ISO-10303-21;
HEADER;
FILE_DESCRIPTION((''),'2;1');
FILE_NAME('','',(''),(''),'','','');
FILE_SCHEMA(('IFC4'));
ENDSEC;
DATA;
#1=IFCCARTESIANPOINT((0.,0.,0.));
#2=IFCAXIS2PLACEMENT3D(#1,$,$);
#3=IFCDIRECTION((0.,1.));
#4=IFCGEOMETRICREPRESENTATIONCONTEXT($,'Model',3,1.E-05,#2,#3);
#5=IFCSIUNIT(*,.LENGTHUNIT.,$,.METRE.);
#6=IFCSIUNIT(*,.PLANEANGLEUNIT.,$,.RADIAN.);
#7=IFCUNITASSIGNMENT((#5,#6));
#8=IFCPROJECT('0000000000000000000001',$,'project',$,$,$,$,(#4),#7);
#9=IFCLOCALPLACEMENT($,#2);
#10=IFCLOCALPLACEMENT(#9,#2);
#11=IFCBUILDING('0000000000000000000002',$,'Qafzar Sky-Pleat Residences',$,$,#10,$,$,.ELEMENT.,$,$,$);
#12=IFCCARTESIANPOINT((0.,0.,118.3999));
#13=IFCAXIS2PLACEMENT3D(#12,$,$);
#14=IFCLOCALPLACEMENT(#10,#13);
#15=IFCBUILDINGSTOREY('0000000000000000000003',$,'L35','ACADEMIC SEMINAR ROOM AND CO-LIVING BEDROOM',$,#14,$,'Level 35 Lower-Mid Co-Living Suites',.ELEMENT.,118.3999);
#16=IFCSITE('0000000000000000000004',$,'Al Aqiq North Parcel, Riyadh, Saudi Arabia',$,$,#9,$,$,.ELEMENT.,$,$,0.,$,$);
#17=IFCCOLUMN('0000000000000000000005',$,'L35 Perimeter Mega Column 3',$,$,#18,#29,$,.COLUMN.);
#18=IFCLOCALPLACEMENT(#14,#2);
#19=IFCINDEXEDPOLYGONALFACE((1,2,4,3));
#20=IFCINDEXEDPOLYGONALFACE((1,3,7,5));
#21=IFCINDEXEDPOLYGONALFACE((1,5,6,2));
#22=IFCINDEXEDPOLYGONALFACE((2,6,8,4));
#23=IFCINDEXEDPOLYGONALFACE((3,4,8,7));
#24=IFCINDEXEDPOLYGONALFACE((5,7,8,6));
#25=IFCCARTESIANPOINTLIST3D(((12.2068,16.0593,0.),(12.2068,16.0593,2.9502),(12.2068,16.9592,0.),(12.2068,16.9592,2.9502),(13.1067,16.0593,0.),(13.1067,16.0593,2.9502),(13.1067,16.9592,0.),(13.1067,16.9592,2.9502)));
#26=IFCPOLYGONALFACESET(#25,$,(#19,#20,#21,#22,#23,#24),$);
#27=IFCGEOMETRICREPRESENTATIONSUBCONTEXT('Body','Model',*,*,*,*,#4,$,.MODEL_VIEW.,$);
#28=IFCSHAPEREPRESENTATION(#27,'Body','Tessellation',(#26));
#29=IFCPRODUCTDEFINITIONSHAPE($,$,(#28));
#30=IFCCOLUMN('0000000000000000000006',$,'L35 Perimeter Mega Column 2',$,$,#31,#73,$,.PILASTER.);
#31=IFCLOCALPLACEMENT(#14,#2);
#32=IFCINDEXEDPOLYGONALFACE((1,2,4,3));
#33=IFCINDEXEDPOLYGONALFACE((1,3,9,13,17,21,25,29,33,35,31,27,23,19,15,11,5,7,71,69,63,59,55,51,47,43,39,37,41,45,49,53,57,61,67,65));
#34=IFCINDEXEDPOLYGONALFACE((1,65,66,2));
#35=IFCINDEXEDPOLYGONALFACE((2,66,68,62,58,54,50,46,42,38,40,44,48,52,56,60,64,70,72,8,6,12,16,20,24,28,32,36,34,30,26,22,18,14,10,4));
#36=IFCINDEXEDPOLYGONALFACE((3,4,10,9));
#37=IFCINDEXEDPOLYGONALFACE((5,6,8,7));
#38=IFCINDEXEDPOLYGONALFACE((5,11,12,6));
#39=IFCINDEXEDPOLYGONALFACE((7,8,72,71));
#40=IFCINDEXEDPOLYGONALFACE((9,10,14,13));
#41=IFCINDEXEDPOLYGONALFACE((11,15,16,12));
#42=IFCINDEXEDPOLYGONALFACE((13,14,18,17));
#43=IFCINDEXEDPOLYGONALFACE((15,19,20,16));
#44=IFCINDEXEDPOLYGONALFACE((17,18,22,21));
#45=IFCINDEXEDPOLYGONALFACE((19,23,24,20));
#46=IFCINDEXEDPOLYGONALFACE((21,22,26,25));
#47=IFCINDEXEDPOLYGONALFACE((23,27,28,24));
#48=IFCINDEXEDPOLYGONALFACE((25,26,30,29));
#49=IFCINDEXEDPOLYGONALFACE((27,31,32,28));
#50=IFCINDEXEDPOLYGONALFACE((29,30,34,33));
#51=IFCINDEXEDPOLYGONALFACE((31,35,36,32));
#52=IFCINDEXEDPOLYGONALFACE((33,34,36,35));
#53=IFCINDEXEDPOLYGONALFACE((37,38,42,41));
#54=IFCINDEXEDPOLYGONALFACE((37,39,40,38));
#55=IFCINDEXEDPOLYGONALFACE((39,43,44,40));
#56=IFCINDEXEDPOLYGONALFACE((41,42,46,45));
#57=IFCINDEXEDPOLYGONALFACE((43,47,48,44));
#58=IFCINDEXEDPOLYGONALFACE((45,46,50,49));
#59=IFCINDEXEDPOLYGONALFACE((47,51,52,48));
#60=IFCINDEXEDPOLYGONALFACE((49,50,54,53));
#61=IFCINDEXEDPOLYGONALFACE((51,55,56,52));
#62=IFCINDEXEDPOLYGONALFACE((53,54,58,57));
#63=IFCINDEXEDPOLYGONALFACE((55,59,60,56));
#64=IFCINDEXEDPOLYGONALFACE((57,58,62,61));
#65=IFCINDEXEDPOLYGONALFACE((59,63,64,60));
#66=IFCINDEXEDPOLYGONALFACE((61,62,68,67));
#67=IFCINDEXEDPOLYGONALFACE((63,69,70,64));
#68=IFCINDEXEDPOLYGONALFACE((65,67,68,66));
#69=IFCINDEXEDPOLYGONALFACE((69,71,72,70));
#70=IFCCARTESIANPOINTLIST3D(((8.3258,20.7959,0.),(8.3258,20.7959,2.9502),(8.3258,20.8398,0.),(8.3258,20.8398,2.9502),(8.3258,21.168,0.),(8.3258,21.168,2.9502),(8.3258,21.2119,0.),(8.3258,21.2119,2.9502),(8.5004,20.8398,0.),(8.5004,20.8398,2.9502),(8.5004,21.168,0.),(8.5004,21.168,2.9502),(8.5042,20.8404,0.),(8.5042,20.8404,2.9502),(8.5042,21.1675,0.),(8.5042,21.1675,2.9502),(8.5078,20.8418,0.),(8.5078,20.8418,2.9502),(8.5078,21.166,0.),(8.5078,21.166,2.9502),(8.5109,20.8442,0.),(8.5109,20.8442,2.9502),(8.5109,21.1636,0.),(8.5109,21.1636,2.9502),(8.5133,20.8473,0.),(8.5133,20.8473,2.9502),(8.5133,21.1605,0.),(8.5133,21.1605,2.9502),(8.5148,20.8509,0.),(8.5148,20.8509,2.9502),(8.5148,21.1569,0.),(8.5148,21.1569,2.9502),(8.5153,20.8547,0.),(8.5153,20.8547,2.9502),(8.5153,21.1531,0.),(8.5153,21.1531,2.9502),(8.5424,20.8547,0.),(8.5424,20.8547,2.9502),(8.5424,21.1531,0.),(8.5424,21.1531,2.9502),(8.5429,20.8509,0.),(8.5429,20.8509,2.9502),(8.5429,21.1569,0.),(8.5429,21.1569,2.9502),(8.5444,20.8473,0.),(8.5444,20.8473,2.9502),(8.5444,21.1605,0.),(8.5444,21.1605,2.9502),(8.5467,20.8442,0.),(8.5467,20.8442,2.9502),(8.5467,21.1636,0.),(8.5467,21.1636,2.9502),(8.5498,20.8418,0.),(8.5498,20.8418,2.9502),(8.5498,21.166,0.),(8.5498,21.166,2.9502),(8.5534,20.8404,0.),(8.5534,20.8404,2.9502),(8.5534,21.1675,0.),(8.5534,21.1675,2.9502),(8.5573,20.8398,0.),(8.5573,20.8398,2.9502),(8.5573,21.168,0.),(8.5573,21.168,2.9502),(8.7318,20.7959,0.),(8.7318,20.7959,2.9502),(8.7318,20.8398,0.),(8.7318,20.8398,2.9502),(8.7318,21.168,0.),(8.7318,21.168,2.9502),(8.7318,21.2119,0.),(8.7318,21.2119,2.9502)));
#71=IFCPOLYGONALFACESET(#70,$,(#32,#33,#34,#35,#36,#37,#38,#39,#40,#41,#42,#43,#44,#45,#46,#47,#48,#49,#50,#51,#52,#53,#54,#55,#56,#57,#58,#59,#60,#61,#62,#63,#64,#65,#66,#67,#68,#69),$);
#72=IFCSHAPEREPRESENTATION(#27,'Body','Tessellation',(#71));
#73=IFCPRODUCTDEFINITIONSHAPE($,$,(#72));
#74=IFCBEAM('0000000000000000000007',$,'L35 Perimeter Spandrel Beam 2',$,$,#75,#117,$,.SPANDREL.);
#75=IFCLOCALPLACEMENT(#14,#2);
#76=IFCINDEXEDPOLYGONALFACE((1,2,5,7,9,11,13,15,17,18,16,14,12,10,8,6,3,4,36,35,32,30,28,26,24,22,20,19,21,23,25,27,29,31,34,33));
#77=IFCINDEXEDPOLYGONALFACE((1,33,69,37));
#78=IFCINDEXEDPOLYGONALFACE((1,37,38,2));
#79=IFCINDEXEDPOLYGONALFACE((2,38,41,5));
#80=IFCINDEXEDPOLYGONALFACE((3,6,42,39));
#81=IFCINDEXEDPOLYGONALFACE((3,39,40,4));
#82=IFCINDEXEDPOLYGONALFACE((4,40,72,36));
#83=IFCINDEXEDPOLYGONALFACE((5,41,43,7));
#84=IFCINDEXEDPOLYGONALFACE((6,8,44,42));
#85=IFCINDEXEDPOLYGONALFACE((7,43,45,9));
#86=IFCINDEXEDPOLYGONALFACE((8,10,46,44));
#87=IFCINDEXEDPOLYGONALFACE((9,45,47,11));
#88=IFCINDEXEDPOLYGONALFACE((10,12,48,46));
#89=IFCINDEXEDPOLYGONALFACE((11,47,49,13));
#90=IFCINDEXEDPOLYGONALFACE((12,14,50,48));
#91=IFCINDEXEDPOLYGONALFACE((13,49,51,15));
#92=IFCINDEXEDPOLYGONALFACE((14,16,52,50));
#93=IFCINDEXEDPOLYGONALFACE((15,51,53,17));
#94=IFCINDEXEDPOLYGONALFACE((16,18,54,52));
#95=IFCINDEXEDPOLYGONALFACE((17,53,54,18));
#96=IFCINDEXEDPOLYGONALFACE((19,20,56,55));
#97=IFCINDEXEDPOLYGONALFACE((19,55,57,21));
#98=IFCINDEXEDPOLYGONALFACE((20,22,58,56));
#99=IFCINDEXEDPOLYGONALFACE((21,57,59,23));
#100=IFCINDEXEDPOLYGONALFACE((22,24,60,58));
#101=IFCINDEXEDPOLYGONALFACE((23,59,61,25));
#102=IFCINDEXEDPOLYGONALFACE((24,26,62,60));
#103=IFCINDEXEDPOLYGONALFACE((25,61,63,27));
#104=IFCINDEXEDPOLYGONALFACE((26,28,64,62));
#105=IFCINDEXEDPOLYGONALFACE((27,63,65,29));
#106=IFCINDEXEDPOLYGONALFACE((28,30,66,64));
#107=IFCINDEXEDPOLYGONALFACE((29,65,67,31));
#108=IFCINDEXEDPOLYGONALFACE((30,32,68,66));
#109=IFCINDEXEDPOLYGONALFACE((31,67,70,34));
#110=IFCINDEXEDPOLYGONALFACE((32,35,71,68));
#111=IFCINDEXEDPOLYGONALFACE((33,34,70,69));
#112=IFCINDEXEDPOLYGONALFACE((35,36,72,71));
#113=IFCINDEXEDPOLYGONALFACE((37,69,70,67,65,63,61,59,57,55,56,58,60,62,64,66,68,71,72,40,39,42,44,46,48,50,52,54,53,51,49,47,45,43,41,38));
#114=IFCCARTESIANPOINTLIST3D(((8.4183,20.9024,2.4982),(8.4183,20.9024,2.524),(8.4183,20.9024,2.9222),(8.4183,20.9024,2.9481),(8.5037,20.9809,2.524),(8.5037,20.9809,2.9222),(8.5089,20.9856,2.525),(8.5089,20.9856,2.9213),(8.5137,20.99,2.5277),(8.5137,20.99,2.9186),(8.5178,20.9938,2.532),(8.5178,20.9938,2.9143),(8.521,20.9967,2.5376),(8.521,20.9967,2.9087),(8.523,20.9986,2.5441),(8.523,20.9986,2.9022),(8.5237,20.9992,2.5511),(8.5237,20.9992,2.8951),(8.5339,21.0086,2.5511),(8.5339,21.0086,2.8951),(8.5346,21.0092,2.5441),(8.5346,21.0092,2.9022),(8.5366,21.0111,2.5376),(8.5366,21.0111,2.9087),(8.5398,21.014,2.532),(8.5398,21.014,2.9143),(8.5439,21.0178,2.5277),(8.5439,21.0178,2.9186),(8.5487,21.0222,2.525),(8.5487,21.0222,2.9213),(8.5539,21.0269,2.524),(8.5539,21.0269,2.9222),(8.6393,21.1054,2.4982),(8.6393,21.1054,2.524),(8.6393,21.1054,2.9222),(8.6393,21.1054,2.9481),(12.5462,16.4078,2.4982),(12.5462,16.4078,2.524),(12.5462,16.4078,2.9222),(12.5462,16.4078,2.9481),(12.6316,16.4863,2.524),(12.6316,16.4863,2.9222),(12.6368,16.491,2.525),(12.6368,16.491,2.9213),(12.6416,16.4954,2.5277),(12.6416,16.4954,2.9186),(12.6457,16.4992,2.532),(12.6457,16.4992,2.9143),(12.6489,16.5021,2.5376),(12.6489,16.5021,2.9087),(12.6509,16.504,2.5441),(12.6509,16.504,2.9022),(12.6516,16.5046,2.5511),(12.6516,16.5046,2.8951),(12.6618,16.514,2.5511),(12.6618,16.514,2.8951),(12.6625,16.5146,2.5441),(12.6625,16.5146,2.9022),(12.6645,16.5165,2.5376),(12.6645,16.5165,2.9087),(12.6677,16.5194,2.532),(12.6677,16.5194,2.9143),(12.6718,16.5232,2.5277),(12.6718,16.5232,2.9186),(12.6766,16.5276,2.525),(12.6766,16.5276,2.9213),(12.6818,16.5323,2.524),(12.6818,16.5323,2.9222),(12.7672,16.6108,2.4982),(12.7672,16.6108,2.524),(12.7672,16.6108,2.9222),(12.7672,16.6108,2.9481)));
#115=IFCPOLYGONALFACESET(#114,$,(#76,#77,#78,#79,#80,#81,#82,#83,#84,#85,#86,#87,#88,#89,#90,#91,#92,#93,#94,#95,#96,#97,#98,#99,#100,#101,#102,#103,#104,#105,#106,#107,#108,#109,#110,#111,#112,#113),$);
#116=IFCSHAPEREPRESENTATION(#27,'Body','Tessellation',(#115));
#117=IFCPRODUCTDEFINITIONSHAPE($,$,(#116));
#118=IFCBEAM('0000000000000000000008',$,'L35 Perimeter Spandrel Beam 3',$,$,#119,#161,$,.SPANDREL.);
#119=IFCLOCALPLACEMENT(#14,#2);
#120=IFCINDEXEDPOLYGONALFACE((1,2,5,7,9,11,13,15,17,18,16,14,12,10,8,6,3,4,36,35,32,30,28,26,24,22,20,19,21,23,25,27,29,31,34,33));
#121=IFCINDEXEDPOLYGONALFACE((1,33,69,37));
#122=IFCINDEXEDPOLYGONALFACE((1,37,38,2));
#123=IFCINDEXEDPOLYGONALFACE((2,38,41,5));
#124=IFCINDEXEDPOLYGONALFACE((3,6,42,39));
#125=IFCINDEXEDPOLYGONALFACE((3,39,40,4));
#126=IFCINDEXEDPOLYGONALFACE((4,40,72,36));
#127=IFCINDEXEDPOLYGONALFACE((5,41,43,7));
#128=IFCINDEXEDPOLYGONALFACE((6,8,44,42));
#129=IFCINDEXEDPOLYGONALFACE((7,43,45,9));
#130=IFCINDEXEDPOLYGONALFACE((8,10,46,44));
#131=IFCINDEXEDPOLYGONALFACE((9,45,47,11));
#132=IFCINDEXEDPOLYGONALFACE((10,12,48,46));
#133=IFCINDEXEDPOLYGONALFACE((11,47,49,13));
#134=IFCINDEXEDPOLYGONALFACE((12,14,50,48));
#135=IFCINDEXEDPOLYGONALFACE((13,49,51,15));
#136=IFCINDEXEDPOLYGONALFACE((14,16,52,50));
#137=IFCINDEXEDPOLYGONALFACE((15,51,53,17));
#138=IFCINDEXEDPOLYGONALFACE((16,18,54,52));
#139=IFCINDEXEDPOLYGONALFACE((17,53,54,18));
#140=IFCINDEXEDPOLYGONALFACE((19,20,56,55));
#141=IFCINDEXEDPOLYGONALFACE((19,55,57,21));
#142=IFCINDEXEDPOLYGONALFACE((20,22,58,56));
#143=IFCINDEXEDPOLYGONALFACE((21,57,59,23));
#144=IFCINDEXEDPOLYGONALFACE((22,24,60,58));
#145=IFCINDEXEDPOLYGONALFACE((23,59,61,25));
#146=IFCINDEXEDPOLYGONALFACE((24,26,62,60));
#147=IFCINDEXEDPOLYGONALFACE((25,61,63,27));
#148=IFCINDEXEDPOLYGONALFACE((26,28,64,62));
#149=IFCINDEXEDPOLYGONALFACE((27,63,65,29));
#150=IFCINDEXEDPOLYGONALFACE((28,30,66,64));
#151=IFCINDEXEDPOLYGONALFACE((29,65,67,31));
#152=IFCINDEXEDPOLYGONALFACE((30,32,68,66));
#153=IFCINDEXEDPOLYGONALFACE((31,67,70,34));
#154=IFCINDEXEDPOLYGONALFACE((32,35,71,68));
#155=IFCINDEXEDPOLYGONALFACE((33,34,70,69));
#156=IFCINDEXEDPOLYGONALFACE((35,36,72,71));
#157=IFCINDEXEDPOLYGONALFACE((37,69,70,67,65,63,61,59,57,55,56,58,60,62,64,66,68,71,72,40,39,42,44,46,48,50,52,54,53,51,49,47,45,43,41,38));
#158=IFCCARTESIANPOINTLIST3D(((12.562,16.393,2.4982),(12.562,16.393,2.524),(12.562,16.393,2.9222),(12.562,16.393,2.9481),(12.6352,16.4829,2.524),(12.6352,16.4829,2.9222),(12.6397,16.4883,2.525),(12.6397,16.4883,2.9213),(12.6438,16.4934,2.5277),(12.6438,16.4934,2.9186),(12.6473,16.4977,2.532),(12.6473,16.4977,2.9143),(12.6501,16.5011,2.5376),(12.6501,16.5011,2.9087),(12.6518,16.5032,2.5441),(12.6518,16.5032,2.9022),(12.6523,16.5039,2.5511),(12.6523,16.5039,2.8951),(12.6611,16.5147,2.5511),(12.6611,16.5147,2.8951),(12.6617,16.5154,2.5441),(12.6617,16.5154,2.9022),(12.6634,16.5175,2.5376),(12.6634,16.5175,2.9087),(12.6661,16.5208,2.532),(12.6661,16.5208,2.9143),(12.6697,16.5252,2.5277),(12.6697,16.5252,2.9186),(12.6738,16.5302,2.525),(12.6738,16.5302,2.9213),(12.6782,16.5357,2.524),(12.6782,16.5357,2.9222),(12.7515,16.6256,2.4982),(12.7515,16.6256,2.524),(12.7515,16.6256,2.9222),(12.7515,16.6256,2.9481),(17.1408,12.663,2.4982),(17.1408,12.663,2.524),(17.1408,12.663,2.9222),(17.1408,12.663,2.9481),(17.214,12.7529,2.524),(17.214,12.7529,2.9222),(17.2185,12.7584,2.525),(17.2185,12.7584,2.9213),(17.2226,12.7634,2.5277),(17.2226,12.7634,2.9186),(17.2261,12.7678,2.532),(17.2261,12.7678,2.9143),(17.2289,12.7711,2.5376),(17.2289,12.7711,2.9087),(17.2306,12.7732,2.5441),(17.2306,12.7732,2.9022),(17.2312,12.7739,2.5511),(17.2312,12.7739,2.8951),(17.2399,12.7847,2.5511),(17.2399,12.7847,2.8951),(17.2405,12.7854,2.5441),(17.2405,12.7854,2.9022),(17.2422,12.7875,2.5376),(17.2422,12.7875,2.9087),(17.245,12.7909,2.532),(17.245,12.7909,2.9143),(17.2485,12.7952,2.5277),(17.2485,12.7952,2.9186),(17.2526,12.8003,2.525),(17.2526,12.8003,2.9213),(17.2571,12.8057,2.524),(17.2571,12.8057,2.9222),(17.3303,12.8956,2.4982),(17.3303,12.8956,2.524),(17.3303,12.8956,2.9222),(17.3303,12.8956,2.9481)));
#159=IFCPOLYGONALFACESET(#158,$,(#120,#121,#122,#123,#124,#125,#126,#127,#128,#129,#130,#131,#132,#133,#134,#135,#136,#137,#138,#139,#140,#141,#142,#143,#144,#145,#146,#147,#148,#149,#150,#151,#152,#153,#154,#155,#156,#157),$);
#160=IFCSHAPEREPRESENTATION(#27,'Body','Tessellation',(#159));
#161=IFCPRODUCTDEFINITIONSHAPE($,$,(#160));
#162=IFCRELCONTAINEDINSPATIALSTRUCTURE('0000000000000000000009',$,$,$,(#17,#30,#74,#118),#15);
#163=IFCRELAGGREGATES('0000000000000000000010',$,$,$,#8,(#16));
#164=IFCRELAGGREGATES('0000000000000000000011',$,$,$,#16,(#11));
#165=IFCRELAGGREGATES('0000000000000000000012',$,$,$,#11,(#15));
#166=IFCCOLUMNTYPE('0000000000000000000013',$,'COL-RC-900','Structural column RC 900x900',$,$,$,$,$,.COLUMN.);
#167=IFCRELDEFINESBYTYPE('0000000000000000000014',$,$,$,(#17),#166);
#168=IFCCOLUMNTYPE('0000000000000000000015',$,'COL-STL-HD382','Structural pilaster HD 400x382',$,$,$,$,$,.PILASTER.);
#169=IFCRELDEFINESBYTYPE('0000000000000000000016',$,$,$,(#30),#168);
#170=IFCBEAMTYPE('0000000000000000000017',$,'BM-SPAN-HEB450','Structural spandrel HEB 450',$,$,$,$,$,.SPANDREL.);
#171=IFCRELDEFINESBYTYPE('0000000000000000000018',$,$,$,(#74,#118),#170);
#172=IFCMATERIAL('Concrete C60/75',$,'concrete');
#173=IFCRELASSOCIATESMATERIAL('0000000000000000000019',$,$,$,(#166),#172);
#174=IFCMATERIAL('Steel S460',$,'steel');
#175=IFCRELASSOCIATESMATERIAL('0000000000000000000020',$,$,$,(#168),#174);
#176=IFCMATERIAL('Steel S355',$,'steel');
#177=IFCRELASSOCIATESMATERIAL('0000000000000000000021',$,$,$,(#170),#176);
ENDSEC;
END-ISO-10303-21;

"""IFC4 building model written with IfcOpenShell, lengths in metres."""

from ifc_helpers import new_model, si_unit, direction, frame, origin, origin_2d, place, context, subcontext, project, spatial, rectangle, i_section, extrude, source, transform, mapped, material, material_profile, profile_set, type_object, element, save


model = new_model("IFC4")

# Units and contexts
model_context = context("Model", 3, precision=1e-05, world=origin(), true_north=direction((0.0, 1.0)))
body_context = subcontext(model_context, "Body", "Model", "MODEL_VIEW")
ifc_project = project(units=[si_unit("LENGTHUNIT", "METRE"), si_unit("PLANEANGLEUNIT", "RADIAN")], contexts=[model_context])

# Site, building, storey
site_placement = place(None, origin())
site = spatial("IfcSite", under=ifc_project, at=site_placement, Name="Al Aqiq North Parcel, Riyadh, Saudi Arabia", CompositionType="ELEMENT", RefElevation=0.0)
building_placement = place(site_placement, origin())
building = spatial("IfcBuilding", under=site, at=building_placement, Name="Qafzar Sky-Pleat Residences", CompositionType="ELEMENT")
storey_placement = place(building_placement, frame((0.0, 0.0, 118.3999)))
storey = spatial("IfcBuildingStorey", under=building, at=storey_placement, Name="L35", Description="ACADEMIC SEMINAR ROOM AND CO-LIVING BEDROOM", LongName="Level 35 Lower-Mid Co-Living Suites", CompositionType="ELEMENT", Elevation=118.3999)

# Columns
ifc_material_1 = material(Name="Concrete C60/75", Category="concrete")
ifc_material_profile_1 = material_profile(ifc_material_1, rectangle(XDim=0.8999, YDim=0.8999, at=origin_2d()), Name="RC 900x900")
ifc_profile_set_1 = profile_set([ifc_material_profile_1], Name="Concrete C60/75")
column_type_1 = type_object("IfcColumnType", Name="COL-RC-900", Description="Structural column RC 900x900", PredefinedType="COLUMN", material=ifc_profile_set_1)
shared_shape_1 = source(origin(), body_context, "Body", "SweptSolid", [
    extrude(rectangle(XDim=0.8999, YDim=0.8999, at=origin_2d()), origin(), (0.0, 0.0, 1.0), 2.9502),
])
column_1_placement = place(storey_placement, frame((12.6567, 16.5093, 0.0), z_axis=(0.0, 0.0, 1.0), x_axis=(1.0, 0.0, 0.0)))
element("IfcColumn", 1, at=column_1_placement, inside=storey, type_object=column_type_1, Name="L35 Perimeter Mega Column 3", PredefinedType="COLUMN", context=body_context, shape_type="MappedRepresentation", body=[
    mapped(shared_shape_1, transform((0.0, 0.0, 0.0), x_axis=(1.0, 0.0, 0.0), y_axis=(0.0, 1.0, 0.0), z_axis=(0.0, 0.0, 1.0), scale=1.0)),
])
ifc_material_2 = material(Name="Steel S460", Category="steel")
ifc_material_profile_2 = material_profile(ifc_material_2, i_section(OverallWidth=0.406, OverallDepth=0.416, WebThickness=0.0271, FlangeThickness=0.0439, FilletRadius=0.0149, at=origin_2d()), Name="HD 400x382")
ifc_profile_set_2 = profile_set([ifc_material_profile_2], Name="Steel S460")
column_type_2 = type_object("IfcColumnType", Name="COL-STL-HD382", Description="Structural pilaster HD 400x382", PredefinedType="PILASTER", material=ifc_profile_set_2)
shared_shape_2 = source(origin(), body_context, "Body", "SweptSolid", [
    extrude(i_section(OverallWidth=0.406, OverallDepth=0.416, WebThickness=0.0271, FlangeThickness=0.0439, FilletRadius=0.0149, at=origin_2d()), origin(), (0.0, 0.0, 1.0), 2.9502),
])
column_2_placement = place(storey_placement, frame((8.5288, 21.0039, 0.0), z_axis=(0.0, 0.0, 1.0), x_axis=(1.0, 0.0, 0.0)))
element("IfcColumn", 2, at=column_2_placement, inside=storey, type_object=column_type_2, Name="L35 Perimeter Mega Column 2", PredefinedType="PILASTER", context=body_context, shape_type="MappedRepresentation", body=[
    mapped(shared_shape_2, transform((0.0, 0.0, 0.0), x_axis=(1.0, 0.0, 0.0), y_axis=(0.0, 1.0, 0.0), z_axis=(0.0, 0.0, 1.0), scale=1.0)),
])

# Beams
ifc_material_3 = material(Name="Steel S355", Category="steel")
ifc_material_profile_3 = material_profile(ifc_material_3, i_section(OverallWidth=0.3, OverallDepth=0.45, WebThickness=0.0139, FlangeThickness=0.0259, FilletRadius=0.0271, at=origin_2d()), Name="HEB 450")
ifc_profile_set_3 = profile_set([ifc_material_profile_3], Name="Steel S355")
beam_type_1 = type_object("IfcBeamType", Name="BM-SPAN-HEB450", Description="Structural spandrel HEB 450", PredefinedType="SPANDREL", material=ifc_profile_set_3)
shared_shape_3 = source(origin(), body_context, "Body", "SweptSolid", [
    extrude(i_section(OverallWidth=0.3, OverallDepth=0.45, WebThickness=0.0139, FlangeThickness=0.0259, FilletRadius=0.0271, at=origin_2d()), origin(), (0.0, 0.0, 1.0), 6.1025),
])
beam_1_placement = place(storey_placement, frame((8.5288, 21.0039, 2.7231), z_axis=(0.676424, -0.736513, 0.0), x_axis=(0.736513, 0.676424, 0.0)))
element("IfcBeam", 3, at=beam_1_placement, inside=storey, type_object=beam_type_1, Name="L35 Perimeter Spandrel Beam 2", PredefinedType="SPANDREL", context=body_context, shape_type="MappedRepresentation", body=[
    mapped(shared_shape_3, transform((0.0, 0.0, 0.0), x_axis=(1.0, 0.0, 0.0), y_axis=(0.0, 1.0, 0.0), z_axis=(0.0, 0.0, 1.0), scale=1.0)),
])
shared_shape_4 = source(origin(), body_context, "Body", "SweptSolid", [
    extrude(i_section(OverallWidth=0.3, OverallDepth=0.45, WebThickness=0.0139, FlangeThickness=0.0259, FilletRadius=0.0271, at=origin_2d()), origin(), (0.0, 0.0, 1.0), 5.9058),
])
beam_2_placement = place(storey_placement, frame((12.6567, 16.5093, 2.7231), z_axis=(0.775313, -0.631577, 0.0), x_axis=(0.631577, 0.775313, 0.0)))
element("IfcBeam", 4, at=beam_2_placement, inside=storey, type_object=beam_type_1, Name="L35 Perimeter Spandrel Beam 3", PredefinedType="SPANDREL", context=body_context, shape_type="MappedRepresentation", body=[
    mapped(shared_shape_4, transform((0.0, 0.0, 0.0), x_axis=(1.0, 0.0, 0.0), y_axis=(0.0, 1.0, 0.0), z_axis=(0.0, 0.0, 1.0), scale=1.0)),
])

save(model, "model.ifc")
